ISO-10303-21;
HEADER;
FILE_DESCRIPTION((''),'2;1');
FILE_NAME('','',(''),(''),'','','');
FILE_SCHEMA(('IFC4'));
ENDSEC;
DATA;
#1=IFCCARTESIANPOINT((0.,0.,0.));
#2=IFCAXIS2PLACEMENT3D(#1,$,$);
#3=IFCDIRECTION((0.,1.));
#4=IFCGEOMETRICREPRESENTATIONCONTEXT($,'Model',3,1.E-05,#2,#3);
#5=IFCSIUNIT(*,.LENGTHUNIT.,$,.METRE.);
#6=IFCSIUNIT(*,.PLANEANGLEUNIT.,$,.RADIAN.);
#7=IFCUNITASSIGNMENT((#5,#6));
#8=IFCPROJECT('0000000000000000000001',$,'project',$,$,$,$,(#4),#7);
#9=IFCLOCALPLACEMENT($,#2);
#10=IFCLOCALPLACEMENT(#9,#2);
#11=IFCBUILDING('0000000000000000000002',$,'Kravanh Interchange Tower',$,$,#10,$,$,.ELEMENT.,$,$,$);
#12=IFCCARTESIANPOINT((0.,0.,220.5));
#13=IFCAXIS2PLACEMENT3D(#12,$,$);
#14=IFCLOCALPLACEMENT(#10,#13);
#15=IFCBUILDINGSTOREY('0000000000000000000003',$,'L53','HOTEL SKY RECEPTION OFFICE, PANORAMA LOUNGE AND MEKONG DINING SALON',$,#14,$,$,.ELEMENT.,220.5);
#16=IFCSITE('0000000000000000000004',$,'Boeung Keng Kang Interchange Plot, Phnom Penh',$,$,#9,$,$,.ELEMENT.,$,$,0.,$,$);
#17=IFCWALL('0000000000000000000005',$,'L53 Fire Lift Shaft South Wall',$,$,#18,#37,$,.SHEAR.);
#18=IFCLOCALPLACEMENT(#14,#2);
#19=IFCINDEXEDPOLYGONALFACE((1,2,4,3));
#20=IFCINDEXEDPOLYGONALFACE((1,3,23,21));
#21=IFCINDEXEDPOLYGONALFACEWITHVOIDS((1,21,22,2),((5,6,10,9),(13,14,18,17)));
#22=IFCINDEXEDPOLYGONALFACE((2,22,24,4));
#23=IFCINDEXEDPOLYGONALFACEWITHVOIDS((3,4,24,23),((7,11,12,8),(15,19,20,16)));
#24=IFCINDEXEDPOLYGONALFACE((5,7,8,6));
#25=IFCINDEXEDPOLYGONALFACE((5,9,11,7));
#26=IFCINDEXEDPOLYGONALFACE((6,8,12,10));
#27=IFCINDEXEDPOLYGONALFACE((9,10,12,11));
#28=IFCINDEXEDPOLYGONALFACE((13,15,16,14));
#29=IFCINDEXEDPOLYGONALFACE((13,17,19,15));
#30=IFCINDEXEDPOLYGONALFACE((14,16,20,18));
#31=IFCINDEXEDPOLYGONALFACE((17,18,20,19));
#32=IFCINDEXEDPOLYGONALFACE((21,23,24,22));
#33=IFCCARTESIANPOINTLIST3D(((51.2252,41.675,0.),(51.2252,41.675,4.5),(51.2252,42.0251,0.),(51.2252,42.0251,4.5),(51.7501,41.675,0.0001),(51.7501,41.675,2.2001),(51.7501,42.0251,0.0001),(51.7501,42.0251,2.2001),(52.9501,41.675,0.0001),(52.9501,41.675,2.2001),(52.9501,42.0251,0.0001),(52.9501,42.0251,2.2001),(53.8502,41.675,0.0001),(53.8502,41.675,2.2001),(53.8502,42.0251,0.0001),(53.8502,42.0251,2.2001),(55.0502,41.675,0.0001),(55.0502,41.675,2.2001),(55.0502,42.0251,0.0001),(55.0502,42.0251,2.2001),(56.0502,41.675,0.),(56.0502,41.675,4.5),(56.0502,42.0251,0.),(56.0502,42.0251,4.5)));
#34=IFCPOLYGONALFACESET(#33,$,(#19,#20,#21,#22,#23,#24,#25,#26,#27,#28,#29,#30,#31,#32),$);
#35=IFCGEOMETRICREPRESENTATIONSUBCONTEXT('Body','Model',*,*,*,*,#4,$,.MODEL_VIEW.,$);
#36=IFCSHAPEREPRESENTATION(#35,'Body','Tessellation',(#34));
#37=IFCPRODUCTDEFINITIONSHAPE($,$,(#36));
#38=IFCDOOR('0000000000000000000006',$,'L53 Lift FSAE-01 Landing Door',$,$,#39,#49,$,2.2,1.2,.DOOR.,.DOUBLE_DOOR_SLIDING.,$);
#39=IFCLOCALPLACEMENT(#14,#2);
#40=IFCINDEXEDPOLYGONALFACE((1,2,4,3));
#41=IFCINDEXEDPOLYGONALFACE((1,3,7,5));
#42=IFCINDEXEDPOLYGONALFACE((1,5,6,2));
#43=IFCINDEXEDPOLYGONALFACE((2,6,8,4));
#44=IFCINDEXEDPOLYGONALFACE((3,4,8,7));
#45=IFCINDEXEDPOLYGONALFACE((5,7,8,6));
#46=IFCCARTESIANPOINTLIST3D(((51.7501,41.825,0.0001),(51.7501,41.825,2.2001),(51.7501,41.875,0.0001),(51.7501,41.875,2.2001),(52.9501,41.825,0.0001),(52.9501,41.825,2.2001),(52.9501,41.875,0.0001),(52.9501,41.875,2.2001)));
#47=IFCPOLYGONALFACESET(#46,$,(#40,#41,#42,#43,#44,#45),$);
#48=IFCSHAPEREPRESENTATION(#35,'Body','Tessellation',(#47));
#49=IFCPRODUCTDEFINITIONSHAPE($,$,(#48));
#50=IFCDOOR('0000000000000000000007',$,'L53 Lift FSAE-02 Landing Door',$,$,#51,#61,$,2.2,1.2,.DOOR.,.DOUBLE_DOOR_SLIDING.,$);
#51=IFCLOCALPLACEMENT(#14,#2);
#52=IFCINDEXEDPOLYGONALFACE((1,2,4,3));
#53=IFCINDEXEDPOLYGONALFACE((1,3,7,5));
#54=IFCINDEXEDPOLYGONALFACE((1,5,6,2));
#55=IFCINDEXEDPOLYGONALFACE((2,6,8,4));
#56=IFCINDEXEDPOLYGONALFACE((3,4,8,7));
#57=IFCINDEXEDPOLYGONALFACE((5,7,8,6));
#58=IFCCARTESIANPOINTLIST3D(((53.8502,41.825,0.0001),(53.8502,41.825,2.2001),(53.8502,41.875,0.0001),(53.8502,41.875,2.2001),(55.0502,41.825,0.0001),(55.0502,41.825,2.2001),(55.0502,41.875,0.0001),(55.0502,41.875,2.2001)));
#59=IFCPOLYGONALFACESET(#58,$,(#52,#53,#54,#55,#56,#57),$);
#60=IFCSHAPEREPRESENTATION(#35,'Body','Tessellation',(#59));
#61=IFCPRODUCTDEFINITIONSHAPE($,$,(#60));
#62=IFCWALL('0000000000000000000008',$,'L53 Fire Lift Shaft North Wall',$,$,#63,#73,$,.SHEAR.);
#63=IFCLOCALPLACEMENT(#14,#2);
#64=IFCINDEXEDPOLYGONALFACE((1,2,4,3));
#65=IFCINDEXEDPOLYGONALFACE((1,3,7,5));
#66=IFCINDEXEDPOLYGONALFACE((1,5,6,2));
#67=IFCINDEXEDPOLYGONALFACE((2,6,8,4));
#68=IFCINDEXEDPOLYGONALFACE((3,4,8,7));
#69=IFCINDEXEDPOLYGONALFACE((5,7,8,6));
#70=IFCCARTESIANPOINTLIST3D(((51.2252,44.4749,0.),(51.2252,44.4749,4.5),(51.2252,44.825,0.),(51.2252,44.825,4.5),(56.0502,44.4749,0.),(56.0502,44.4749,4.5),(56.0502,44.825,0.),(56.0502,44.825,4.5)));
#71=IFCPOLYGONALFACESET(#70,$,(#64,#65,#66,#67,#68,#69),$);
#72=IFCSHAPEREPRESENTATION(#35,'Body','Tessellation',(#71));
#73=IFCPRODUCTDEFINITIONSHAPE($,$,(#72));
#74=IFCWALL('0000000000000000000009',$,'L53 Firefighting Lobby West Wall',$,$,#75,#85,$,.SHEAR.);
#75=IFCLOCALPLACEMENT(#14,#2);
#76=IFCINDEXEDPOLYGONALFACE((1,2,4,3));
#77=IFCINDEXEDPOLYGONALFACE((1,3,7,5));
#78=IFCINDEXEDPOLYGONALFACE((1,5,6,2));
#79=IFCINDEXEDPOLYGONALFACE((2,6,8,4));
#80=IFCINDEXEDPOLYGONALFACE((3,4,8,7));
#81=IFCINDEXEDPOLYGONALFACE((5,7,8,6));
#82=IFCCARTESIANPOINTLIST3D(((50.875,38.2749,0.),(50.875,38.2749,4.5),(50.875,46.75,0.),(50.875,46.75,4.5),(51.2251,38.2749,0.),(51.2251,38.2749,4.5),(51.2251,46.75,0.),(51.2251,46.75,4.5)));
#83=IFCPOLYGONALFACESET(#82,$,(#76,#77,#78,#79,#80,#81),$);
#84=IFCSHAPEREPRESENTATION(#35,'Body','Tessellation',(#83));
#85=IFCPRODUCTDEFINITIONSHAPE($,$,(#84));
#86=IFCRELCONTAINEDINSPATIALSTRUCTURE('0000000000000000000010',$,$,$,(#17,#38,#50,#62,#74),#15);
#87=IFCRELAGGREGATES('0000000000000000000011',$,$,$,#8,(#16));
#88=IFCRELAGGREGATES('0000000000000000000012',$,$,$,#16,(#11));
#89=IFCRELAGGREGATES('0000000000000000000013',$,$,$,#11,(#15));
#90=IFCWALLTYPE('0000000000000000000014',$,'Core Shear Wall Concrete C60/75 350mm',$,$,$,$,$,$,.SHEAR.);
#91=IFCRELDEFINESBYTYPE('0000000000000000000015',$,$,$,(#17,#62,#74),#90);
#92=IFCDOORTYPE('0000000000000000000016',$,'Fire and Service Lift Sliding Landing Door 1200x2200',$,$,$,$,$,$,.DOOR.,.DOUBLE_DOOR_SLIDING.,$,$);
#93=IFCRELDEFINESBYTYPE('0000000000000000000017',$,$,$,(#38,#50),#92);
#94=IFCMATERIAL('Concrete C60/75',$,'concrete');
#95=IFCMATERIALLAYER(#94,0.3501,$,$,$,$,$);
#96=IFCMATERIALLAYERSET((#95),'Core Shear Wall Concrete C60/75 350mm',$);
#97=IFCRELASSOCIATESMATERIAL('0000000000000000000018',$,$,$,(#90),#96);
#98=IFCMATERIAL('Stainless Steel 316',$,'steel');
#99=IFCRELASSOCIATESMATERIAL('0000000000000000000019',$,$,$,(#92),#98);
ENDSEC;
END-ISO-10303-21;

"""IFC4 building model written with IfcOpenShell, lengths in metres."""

from ifc_helpers import new_model, si_unit, direction, frame, frame_2d, origin, place, context, subcontext, project, spatial, rectangle, extrude, material, layer, layer_set, type_object, element, fill, save


model = new_model("IFC4")

# Units and contexts
model_context = context("Model", 3, precision=1e-05, world=origin(), true_north=direction((0.0, 1.0)))
body_context = subcontext(model_context, "Body", "Model", "MODEL_VIEW")
ifc_project = project(units=[si_unit("LENGTHUNIT", "METRE"), si_unit("PLANEANGLEUNIT", "RADIAN")], contexts=[model_context])

# Site, building, storey
site_placement = place(None, origin())
site = spatial("IfcSite", under=ifc_project, at=site_placement, Name="Boeung Keng Kang Interchange Plot, Phnom Penh", CompositionType="ELEMENT", RefElevation=0.0)
building_placement = place(site_placement, origin())
building = spatial("IfcBuilding", under=site, at=building_placement, Name="Kravanh Interchange Tower", CompositionType="ELEMENT")
storey_placement = place(building_placement, frame((0.0, 0.0, 220.5)))
storey = spatial("IfcBuildingStorey", under=building, at=storey_placement, Name="L53", Description="HOTEL SKY RECEPTION OFFICE, PANORAMA LOUNGE AND MEKONG DINING SALON", CompositionType="ELEMENT", Elevation=220.5)

# Shared definitions
ifc_material_1 = material(Name="Concrete C60/75", Category="concrete")
ifc_layer_1 = layer(ifc_material_1, 0.3501)
ifc_layer_set_1 = layer_set([ifc_layer_1], Name="Core Shear Wall Concrete C60/75 350mm")
wall_type_1 = type_object("IfcWallType", Name="Core Shear Wall Concrete C60/75 350mm", PredefinedType="SHEAR", material=ifc_layer_set_1)

# Wall, openings, doors
wall_1_placement = place(storey_placement, frame((51.2251, 41.8501, 0.0), z_axis=(0.0, 0.0, 1.0), x_axis=(1.0, 0.0, 0.0)))
wall_1 = element("IfcWall", 1, at=wall_1_placement, inside=storey, type_object=wall_type_1, Name="L53 Fire Lift Shaft South Wall", PredefinedType="SHEAR", context=body_context, shape_type="SweptSolid", body=[
    extrude(rectangle(XDim=4.825, YDim=0.3501, at=frame_2d((2.4126, 0.0))), origin(), (0.0, 0.0, 1.0), 4.5),
])
opening_1_placement = place(wall_1_placement, frame((0.5249, 0.0, 0.0)))
opening_1 = element("IfcOpeningElement", 2, at=opening_1_placement, cuts=wall_1, PredefinedType="OPENING", context=body_context, shape_type="SweptSolid", body=[
    extrude(rectangle(XDim=1.2, YDim=2.2, at=frame_2d((0.6001, 1.1001))), frame((0.0, 0.1851, 0.0), z_axis=(0.0, -1.0, 0.0), x_axis=(1.0, 0.0, 0.0)), (0.0, 0.0, 1.0), 0.3701),
])
opening_2_placement = place(wall_1_placement, frame((2.625, 0.0, 0.0)))
opening_2 = element("IfcOpeningElement", 3, at=opening_2_placement, cuts=wall_1, PredefinedType="OPENING", context=body_context, shape_type="SweptSolid", body=[
    extrude(rectangle(XDim=1.2, YDim=2.2, at=frame_2d((0.6001, 1.1001))), frame((0.0, 0.1851, 0.0), z_axis=(0.0, -1.0, 0.0), x_axis=(1.0, 0.0, 0.0)), (0.0, 0.0, 1.0), 0.3701),
])
ifc_material_2 = material(Name="Stainless Steel 316", Category="steel")
door_type_1 = type_object("IfcDoorType", Name="Fire and Service Lift Sliding Landing Door 1200x2200", OperationType="DOUBLE_DOOR_SLIDING", PredefinedType="DOOR", material=ifc_material_2)
door_1_placement = place(opening_1_placement, origin())
door_1 = element("IfcDoor", 4, at=door_1_placement, inside=storey, type_object=door_type_1, Name="L53 Lift FSAE-01 Landing Door", OperationType="DOUBLE_DOOR_SLIDING", OverallHeight=2.2, OverallWidth=1.2, PredefinedType="DOOR", context=body_context, shape_type="SweptSolid", body=[
    extrude(rectangle(XDim=1.2, YDim=2.2, at=frame_2d((0.6001, 1.1001))), frame((0.0, 0.0249, 0.0), z_axis=(0.0, -1.0, 0.0), x_axis=(1.0, 0.0, 0.0)), (0.0, 0.0, 1.0), 0.05),
])
fill(opening_1, door_1)
door_2_placement = place(opening_2_placement, origin())
door_2 = element("IfcDoor", 5, at=door_2_placement, inside=storey, type_object=door_type_1, Name="L53 Lift FSAE-02 Landing Door", OperationType="DOUBLE_DOOR_SLIDING", OverallHeight=2.2, OverallWidth=1.2, PredefinedType="DOOR", context=body_context, shape_type="SweptSolid", body=[
    extrude(rectangle(XDim=1.2, YDim=2.2, at=frame_2d((0.6001, 1.1001))), frame((0.0, 0.0249, 0.0), z_axis=(0.0, -1.0, 0.0), x_axis=(1.0, 0.0, 0.0)), (0.0, 0.0, 1.0), 0.05),
])
fill(opening_2, door_2)

# Walls
wall_2_placement = place(storey_placement, frame((51.2251, 44.6499, 0.0), z_axis=(0.0, 0.0, 1.0), x_axis=(1.0, 0.0, 0.0)))
element("IfcWall", 6, at=wall_2_placement, inside=storey, type_object=wall_type_1, Name="L53 Fire Lift Shaft North Wall", PredefinedType="SHEAR", context=body_context, shape_type="SweptSolid", body=[
    extrude(rectangle(XDim=4.825, YDim=0.3501, at=frame_2d((2.4126, 0.0))), origin(), (0.0, 0.0, 1.0), 4.5),
])
wall_3_placement = place(storey_placement, frame((51.05, 38.2749, 0.0), z_axis=(0.0, 0.0, 1.0), x_axis=(0.0, 1.0, 0.0)))
element("IfcWall", 7, at=wall_3_placement, inside=storey, type_object=wall_type_1, Name="L53 Firefighting Lobby West Wall", PredefinedType="SHEAR", context=body_context, shape_type="SweptSolid", body=[
    extrude(rectangle(XDim=8.4751, YDim=0.3501, at=frame_2d((4.2375, 0.0))), origin(), (0.0, 0.0, 1.0), 4.5),
])

save(model, "model.ifc")
